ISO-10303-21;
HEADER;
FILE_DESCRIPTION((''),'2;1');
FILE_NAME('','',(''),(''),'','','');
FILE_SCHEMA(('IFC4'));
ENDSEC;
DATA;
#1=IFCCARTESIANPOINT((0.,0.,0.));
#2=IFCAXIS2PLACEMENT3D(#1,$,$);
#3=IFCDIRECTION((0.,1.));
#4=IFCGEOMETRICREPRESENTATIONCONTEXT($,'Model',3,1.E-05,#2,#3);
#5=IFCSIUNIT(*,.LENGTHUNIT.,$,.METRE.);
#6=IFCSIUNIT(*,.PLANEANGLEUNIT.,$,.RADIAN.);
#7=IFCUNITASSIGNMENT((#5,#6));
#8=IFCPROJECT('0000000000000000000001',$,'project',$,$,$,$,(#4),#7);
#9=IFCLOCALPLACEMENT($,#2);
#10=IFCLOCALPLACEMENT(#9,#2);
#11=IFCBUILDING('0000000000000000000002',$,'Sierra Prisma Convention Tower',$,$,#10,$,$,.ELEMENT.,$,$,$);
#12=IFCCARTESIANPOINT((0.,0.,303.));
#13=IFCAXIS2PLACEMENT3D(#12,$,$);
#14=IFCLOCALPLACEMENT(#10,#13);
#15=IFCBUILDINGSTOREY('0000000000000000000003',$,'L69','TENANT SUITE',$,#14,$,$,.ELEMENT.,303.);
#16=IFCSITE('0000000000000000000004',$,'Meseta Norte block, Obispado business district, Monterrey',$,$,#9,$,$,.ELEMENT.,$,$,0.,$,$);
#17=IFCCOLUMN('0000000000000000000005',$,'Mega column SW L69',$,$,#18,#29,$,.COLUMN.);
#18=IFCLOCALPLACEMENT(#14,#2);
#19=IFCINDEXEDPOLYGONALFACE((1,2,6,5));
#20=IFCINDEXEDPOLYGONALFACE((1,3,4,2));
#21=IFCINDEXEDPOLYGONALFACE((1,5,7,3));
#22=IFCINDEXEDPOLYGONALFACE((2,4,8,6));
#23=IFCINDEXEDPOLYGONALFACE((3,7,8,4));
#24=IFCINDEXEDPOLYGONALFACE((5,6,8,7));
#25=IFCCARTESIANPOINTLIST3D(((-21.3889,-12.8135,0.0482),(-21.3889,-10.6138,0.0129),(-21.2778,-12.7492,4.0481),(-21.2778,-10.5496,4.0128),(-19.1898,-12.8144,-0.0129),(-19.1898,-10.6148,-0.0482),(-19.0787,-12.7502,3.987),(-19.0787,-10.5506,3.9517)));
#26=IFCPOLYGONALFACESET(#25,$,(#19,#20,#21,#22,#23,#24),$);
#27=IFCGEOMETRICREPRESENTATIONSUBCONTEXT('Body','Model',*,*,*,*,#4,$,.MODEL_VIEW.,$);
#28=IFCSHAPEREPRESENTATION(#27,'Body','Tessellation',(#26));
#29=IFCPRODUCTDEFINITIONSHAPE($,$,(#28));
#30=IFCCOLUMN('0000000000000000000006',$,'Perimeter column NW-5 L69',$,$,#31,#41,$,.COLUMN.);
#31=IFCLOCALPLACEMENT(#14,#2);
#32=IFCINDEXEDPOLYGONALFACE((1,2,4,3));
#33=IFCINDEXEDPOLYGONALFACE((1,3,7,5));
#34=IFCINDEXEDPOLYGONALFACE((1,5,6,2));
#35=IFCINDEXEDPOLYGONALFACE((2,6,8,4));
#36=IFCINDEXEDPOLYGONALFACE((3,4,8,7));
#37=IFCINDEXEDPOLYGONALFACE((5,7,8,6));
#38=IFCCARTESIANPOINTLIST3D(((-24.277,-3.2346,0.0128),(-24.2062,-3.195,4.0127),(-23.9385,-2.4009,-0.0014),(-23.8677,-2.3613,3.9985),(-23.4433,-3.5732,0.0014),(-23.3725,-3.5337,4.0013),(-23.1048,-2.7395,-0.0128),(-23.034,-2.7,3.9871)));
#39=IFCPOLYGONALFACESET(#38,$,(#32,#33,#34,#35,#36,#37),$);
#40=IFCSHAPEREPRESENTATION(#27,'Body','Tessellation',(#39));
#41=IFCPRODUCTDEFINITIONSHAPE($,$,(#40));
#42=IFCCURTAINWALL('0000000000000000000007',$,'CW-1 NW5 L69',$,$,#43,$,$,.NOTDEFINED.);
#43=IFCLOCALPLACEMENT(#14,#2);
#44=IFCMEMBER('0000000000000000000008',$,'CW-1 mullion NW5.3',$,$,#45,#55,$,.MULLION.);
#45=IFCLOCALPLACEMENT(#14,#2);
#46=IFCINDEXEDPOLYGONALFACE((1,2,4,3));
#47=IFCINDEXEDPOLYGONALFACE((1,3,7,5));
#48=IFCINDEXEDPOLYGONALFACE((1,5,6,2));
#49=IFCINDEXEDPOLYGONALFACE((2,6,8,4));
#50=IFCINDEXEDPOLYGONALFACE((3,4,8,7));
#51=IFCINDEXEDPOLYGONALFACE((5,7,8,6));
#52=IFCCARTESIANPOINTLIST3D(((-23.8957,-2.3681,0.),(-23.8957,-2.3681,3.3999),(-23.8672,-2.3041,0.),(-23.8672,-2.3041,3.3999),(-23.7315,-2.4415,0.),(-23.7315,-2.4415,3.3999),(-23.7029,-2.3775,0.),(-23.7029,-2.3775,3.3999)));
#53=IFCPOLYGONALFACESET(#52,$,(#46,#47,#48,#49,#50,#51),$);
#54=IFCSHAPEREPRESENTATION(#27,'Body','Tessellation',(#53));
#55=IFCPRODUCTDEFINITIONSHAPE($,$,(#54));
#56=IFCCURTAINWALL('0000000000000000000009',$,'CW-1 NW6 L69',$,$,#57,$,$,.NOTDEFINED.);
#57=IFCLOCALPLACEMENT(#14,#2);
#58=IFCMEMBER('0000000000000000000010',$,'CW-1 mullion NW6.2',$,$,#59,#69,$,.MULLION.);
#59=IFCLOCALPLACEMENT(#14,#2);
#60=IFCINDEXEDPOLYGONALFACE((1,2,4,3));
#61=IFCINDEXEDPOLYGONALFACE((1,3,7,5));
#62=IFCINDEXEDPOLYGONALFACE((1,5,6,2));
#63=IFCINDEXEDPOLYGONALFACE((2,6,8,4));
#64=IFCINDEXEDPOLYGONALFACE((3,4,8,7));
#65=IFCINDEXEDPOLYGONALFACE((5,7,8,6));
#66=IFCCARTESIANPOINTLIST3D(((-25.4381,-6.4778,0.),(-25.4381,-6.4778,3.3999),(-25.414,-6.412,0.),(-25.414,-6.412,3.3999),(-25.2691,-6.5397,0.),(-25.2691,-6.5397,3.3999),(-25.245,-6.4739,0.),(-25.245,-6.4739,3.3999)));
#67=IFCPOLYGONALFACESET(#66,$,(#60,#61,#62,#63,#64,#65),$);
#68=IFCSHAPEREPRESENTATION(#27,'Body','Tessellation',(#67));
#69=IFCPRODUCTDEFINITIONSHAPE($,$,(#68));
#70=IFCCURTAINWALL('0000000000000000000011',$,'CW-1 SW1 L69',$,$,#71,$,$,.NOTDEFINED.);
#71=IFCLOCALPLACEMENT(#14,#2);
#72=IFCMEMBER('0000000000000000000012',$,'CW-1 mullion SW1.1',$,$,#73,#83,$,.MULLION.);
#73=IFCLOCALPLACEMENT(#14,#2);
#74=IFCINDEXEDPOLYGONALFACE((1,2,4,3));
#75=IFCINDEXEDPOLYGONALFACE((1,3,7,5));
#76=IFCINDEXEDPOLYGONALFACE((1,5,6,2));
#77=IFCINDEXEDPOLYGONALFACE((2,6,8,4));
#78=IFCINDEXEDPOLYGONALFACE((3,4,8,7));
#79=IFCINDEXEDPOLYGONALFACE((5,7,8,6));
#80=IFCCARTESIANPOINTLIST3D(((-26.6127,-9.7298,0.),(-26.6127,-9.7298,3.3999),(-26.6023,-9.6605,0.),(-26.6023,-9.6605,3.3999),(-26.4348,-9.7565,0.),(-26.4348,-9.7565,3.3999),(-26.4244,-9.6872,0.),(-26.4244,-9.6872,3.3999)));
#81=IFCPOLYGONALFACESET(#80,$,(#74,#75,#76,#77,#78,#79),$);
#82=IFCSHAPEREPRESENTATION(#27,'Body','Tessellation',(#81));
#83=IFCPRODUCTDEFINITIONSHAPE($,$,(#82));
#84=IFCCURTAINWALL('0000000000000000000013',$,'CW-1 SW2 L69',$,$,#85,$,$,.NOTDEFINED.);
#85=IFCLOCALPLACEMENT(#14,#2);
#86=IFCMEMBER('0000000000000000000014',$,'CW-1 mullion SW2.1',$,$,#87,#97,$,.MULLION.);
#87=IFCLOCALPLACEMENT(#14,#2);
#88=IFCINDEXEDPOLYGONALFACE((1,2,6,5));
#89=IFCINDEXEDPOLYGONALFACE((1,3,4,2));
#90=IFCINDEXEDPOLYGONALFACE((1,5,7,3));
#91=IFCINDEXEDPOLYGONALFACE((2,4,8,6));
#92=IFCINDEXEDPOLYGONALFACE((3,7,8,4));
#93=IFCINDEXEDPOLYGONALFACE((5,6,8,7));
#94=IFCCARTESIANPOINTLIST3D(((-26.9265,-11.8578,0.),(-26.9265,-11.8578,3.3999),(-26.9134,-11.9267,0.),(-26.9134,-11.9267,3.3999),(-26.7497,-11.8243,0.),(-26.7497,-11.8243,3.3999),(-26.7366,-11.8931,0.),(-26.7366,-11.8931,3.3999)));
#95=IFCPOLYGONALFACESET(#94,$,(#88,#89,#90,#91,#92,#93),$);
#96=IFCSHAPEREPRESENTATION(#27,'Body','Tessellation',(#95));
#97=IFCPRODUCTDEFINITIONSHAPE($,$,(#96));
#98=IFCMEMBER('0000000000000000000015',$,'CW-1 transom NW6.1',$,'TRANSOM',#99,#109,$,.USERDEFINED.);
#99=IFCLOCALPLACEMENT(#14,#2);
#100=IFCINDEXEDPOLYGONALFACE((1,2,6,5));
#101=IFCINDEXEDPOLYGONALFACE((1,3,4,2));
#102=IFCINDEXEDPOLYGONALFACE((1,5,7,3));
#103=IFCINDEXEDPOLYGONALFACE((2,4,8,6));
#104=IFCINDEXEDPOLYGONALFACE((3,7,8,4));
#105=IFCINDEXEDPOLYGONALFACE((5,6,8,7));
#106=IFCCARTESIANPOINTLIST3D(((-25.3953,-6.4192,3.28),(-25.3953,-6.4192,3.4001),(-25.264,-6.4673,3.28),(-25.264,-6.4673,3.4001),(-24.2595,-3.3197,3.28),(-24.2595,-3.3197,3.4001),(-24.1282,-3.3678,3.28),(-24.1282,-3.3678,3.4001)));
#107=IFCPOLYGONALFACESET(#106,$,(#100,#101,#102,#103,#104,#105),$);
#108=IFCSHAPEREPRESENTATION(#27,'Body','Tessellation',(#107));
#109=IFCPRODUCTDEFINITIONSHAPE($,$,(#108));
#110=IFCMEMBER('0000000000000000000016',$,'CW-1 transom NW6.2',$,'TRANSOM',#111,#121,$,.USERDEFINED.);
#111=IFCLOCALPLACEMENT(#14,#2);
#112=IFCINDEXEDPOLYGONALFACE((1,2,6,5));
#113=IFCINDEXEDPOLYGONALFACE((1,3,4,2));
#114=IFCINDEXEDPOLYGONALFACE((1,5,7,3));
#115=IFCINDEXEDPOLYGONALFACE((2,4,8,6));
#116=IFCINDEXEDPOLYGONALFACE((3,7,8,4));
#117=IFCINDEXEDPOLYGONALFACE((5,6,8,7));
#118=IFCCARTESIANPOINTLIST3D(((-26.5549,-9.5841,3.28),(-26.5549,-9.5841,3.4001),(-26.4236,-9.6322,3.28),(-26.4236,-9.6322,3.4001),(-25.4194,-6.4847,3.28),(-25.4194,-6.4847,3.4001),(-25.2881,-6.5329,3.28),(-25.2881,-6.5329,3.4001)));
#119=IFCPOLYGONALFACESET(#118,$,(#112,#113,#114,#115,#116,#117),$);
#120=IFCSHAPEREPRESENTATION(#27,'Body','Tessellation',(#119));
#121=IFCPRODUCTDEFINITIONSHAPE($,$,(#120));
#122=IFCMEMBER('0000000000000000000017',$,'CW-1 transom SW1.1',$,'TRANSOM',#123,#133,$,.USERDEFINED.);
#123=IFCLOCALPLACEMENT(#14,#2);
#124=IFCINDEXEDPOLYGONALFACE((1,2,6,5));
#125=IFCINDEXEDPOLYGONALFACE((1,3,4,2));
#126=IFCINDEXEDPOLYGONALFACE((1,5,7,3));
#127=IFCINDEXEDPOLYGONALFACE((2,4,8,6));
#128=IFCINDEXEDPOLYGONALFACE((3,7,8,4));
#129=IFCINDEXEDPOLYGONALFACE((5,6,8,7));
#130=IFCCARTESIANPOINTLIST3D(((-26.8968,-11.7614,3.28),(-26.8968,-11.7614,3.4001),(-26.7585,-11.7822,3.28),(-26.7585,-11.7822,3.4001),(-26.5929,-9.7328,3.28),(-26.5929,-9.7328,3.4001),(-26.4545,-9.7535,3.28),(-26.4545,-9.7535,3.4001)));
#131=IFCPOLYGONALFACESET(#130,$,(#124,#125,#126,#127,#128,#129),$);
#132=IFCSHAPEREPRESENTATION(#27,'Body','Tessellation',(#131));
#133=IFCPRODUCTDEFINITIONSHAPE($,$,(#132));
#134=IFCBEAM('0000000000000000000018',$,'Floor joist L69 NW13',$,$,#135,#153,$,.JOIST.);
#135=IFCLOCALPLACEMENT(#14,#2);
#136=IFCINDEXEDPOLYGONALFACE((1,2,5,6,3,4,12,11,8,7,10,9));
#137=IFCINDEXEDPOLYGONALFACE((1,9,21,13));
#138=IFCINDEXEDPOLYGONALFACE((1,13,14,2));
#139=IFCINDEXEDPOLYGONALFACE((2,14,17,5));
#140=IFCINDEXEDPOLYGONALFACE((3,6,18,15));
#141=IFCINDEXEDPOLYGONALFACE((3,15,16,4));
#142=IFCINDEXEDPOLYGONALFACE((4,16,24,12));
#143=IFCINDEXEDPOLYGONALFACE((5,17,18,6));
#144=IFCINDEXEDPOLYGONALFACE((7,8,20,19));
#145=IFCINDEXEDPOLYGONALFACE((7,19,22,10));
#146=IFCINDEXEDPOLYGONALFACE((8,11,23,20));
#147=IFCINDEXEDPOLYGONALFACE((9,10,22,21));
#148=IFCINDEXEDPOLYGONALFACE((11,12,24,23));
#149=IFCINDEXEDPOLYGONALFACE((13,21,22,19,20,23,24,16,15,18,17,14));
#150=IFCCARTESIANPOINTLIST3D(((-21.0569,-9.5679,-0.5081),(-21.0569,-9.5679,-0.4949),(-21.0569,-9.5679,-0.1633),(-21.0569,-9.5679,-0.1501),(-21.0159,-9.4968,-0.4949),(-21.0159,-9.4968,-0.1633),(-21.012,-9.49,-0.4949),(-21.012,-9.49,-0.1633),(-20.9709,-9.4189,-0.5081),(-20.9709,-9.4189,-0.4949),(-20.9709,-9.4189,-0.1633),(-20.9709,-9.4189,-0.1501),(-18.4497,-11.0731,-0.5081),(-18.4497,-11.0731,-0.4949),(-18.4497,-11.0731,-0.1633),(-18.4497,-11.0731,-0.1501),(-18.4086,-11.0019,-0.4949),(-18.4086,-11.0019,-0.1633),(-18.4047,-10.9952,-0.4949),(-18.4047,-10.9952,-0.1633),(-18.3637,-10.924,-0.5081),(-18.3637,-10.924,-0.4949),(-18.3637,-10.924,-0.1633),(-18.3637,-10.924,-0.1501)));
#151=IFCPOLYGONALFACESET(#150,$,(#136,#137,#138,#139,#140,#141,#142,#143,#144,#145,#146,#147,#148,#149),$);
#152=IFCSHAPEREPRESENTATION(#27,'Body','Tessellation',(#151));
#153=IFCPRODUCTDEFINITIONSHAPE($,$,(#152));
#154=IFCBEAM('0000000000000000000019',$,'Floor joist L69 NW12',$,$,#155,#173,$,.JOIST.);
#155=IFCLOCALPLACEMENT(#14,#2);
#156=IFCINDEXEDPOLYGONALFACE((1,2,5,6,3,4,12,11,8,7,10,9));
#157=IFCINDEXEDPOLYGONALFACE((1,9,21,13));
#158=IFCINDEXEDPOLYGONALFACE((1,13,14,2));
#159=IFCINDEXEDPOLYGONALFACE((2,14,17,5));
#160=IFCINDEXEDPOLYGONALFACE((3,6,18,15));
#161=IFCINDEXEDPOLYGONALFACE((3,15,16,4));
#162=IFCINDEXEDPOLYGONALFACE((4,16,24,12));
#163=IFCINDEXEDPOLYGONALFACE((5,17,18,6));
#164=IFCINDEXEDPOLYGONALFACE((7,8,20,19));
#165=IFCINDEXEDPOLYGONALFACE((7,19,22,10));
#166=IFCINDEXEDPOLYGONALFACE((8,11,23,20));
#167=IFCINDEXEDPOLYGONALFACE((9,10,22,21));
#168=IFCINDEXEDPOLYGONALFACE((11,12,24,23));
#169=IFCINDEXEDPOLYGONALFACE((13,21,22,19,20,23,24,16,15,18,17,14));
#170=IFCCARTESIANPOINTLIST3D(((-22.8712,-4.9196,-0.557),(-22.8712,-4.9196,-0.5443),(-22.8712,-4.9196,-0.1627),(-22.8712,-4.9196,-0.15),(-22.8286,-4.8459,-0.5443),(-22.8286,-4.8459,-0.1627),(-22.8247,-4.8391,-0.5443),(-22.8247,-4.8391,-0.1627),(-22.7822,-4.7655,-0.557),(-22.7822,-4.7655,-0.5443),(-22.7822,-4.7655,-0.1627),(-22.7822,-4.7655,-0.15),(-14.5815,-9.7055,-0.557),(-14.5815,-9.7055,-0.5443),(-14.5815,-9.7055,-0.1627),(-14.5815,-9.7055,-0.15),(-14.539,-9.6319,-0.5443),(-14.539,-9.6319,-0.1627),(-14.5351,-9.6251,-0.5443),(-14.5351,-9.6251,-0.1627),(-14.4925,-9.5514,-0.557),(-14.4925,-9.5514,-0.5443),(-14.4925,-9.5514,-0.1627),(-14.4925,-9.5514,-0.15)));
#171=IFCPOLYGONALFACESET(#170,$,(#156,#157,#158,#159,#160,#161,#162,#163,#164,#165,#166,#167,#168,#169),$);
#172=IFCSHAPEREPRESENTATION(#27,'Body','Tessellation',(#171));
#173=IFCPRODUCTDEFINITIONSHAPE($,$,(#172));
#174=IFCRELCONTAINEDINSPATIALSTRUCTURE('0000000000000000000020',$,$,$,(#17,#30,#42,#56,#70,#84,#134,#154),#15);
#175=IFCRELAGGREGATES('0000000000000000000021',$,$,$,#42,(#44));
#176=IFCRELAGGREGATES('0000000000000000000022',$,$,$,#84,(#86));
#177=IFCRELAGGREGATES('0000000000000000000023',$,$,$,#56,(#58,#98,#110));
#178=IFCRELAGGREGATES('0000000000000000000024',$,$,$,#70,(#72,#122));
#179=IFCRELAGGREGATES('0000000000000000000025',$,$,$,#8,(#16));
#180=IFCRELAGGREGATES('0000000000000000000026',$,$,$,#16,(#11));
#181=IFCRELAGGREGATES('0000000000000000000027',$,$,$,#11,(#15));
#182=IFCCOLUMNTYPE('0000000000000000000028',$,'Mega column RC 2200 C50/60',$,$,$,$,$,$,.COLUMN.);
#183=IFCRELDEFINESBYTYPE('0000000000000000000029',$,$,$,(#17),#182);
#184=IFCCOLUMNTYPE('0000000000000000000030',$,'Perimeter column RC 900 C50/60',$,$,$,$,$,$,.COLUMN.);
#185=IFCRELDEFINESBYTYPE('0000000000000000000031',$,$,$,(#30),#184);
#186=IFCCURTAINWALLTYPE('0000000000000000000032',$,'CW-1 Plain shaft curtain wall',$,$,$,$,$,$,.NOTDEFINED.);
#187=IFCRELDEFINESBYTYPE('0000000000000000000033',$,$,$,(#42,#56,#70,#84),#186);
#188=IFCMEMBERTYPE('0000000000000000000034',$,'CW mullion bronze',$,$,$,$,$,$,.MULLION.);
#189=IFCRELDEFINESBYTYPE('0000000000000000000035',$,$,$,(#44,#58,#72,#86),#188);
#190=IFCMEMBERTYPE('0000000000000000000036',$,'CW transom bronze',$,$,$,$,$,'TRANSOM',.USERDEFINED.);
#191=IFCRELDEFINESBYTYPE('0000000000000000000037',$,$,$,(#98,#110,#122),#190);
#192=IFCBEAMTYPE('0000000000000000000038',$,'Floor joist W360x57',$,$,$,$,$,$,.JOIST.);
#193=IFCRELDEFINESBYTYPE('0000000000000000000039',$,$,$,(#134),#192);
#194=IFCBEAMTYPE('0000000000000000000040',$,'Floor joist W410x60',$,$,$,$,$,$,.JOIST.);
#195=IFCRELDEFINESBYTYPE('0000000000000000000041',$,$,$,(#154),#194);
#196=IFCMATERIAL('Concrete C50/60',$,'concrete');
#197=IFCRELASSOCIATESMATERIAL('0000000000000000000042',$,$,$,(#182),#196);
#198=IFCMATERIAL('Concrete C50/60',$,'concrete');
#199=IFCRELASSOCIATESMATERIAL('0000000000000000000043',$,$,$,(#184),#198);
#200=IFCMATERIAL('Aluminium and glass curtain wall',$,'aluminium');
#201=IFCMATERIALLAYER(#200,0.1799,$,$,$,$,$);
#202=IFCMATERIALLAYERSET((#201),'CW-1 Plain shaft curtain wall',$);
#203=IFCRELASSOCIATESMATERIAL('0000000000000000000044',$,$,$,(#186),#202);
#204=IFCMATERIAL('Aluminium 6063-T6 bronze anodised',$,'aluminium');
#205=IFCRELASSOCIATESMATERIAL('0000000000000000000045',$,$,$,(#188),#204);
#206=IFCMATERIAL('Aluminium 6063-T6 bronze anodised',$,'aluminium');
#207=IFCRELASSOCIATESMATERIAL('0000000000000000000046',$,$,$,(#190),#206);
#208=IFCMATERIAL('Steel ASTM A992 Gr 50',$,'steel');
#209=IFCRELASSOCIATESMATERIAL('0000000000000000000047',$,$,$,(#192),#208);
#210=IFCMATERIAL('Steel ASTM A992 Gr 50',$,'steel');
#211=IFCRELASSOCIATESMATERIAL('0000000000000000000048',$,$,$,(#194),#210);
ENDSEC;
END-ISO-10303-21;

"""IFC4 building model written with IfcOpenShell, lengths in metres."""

from ifc_helpers import new_model, si_unit, direction, frame, origin, origin_2d, place, context, subcontext, project, spatial, rectangle, i_section, extrude, material, layer, layer_set, material_profile, profile_set, type_object, element, aggregate, save


model = new_model("IFC4")

# Units and contexts
model_context = context("Model", 3, precision=1e-05, world=origin(), true_north=direction((0.0, 1.0)))
body_context = subcontext(model_context, "Body", "Model", "MODEL_VIEW")
ifc_project = project(units=[si_unit("LENGTHUNIT", "METRE"), si_unit("PLANEANGLEUNIT", "RADIAN")], contexts=[model_context])

# Site, building, storey
site_placement = place(None, origin())
site = spatial("IfcSite", under=ifc_project, at=site_placement, Name="Meseta Norte block, Obispado business district, Monterrey", CompositionType="ELEMENT", RefElevation=0.0)
building_placement = place(site_placement, origin())
building = spatial("IfcBuilding", under=site, at=building_placement, Name="Sierra Prisma Convention Tower", CompositionType="ELEMENT")
storey_placement = place(building_placement, frame((0.0, 0.0, 303.0)))
storey = spatial("IfcBuildingStorey", under=building, at=storey_placement, Name="L69", Description="TENANT SUITE", CompositionType="ELEMENT", Elevation=303.0)

# Columns
ifc_material_1 = material(Name="Concrete C50/60", Category="concrete")
ifc_material_profile_1 = material_profile(ifc_material_1, rectangle(XDim=2.2, YDim=2.2, at=origin_2d()), Name="Mega column RC 2200 C50/60")
ifc_profile_set_1 = profile_set([ifc_material_profile_1], Name="Concrete C50/60")
column_type_1 = type_object("IfcColumnType", Name="Mega column RC 2200 C50/60", PredefinedType="COLUMN", material=ifc_profile_set_1)
column_1_placement = place(storey_placement, frame((-20.2893, -11.7141, 0.0), z_axis=(0.027757, 0.016044, 0.999486), x_axis=(0.999615, -0.000446, -0.027753)))
element("IfcColumn", 1, at=column_1_placement, inside=storey, type_object=column_type_1, Name="Mega column SW L69", PredefinedType="COLUMN", context=body_context, shape_type="SweptSolid", body=[
    extrude(rectangle(XDim=2.2, YDim=2.2, at=origin_2d()), origin(), (0.0, 0.0, 1.0), 4.002),
])
ifc_material_2 = material(Name="Concrete C50/60", Category="concrete")
ifc_material_profile_2 = material_profile(ifc_material_2, rectangle(XDim=0.8999, YDim=0.8999, at=origin_2d()), Name="Perimeter column RC 900 C50/60")
ifc_profile_set_2 = profile_set([ifc_material_profile_2], Name="Concrete C50/60")
column_type_2 = type_object("IfcColumnType", Name="Perimeter column RC 900 C50/60", PredefinedType="COLUMN", material=ifc_profile_set_2)
column_2_placement = place(storey_placement, frame((-23.6909, -2.9871, 0.0), z_axis=(0.017697, 0.009886, 0.999795), x_axis=(0.376141, 0.926427, -0.015818)))
element("IfcColumn", 2, at=column_2_placement, inside=storey, type_object=column_type_2, Name="Perimeter column NW-5 L69", PredefinedType="COLUMN", context=body_context, shape_type="SweptSolid", body=[
    extrude(rectangle(XDim=0.8999, YDim=0.8999, at=origin_2d()), origin(), (0.0, 0.0, 1.0), 4.0007),
])

# Curtain walls, members
ifc_material_3 = material(Name="Aluminium and glass curtain wall", Category="aluminium")
ifc_layer_1 = layer(ifc_material_3, 0.1799)
ifc_layer_set_1 = layer_set([ifc_layer_1], Name="CW-1 Plain shaft curtain wall")
curtain_wall_type = type_object("IfcCurtainWallType", Name="CW-1 Plain shaft curtain wall", PredefinedType="NOTDEFINED", material=ifc_layer_set_1)
curtain_wall_1_placement = place(storey_placement, origin())
curtain_wall_1 = element("IfcCurtainWall", 3, at=curtain_wall_1_placement, inside=storey, type_object=curtain_wall_type, Name="CW-1 NW5 L69", PredefinedType="NOTDEFINED")
ifc_material_4 = material(Name="Aluminium 6063-T6 bronze anodised", Category="aluminium")
ifc_material_profile_3 = material_profile(ifc_material_4, rectangle(XDim=0.1799, YDim=0.0701, at=origin_2d()), Name="ALU MULLION 70x180")
ifc_profile_set_3 = profile_set([ifc_material_profile_3], Name="Aluminium 6063-T6 bronze anodised")
member_type_1 = type_object("IfcMemberType", Name="CW mullion bronze", PredefinedType="MULLION", material=ifc_profile_set_3)
member_1_placement = place(storey_placement, frame((-23.7993, -2.3728, 0.0), z_axis=(0.0, 0.0, 1.0), x_axis=(0.91302, -0.407914, 0.0)))
member_1 = element("IfcMember", 4, at=member_1_placement, type_object=member_type_1, Name="CW-1 mullion NW5.3", PredefinedType="MULLION", context=body_context, shape_type="SweptSolid", body=[
    extrude(rectangle(XDim=0.1799, YDim=0.0701, at=origin_2d()), origin(), (0.0, 0.0, 1.0), 3.3999),
])
aggregate(curtain_wall_1, [member_1])
curtain_wall_2_placement = place(storey_placement, origin())
curtain_wall_2 = element("IfcCurtainWall", 5, at=curtain_wall_2_placement, inside=storey, type_object=curtain_wall_type, Name="CW-1 NW6 L69", PredefinedType="NOTDEFINED")
member_2_placement = place(storey_placement, frame((-25.3416, -6.4758, 0.0), z_axis=(0.0, 0.0, 1.0), x_axis=(0.938956, -0.344038, 0.0)))
member_2 = element("IfcMember", 6, at=member_2_placement, type_object=member_type_1, Name="CW-1 mullion NW6.2", PredefinedType="MULLION", context=body_context, shape_type="SweptSolid", body=[
    extrude(rectangle(XDim=0.1799, YDim=0.0701, at=origin_2d()), origin(), (0.0, 0.0, 1.0), 3.3999),
])
curtain_wall_3_placement = place(storey_placement, origin())
curtain_wall_3 = element("IfcCurtainWall", 7, at=curtain_wall_3_placement, inside=storey, type_object=curtain_wall_type, Name="CW-1 SW1 L69", PredefinedType="NOTDEFINED")
member_3_placement = place(storey_placement, frame((-26.5186, -9.7085, 0.0), z_axis=(0.0, 0.0, 1.0), x_axis=(0.988969, -0.148123, 0.0)))
member_3 = element("IfcMember", 8, at=member_3_placement, type_object=member_type_1, Name="CW-1 mullion SW1.1", PredefinedType="MULLION", context=body_context, shape_type="SweptSolid", body=[
    extrude(rectangle(XDim=0.1799, YDim=0.0701, at=origin_2d()), origin(), (0.0, 0.0, 1.0), 3.3999),
])
curtain_wall_4_placement = place(storey_placement, origin())
curtain_wall_4 = element("IfcCurtainWall", 9, at=curtain_wall_4_placement, inside=storey, type_object=curtain_wall_type, Name="CW-1 SW2 L69", PredefinedType="NOTDEFINED")
member_4_placement = place(storey_placement, frame((-26.8315, -11.8755, 0.0), z_axis=(0.0, 0.0, 1.0), x_axis=(0.98248, 0.186368, 0.0)))
member_4 = element("IfcMember", 10, at=member_4_placement, type_object=member_type_1, Name="CW-1 mullion SW2.1", PredefinedType="MULLION", context=body_context, shape_type="SweptSolid", body=[
    extrude(rectangle(XDim=0.1799, YDim=0.0701, at=origin_2d()), origin(), (0.0, 0.0, 1.0), 3.3999),
])
aggregate(curtain_wall_4, [member_4])

# Members
ifc_material_5 = material(Name="Aluminium 6063-T6 bronze anodised", Category="aluminium")
ifc_material_profile_4 = material_profile(ifc_material_5, rectangle(XDim=0.1399, YDim=0.1201, at=origin_2d()), Name="ALU TRANSOM 120x140")
ifc_profile_set_4 = profile_set([ifc_material_profile_4], Name="Aluminium 6063-T6 bronze anodised")
member_type_2 = type_object("IfcMemberType", Name="CW transom bronze", ElementType="TRANSOM", PredefinedType="USERDEFINED", material=ifc_profile_set_4)
member_5_placement = place(storey_placement, frame((-24.1938, -3.3438, 3.3401), z_axis=(-0.34407, -0.938944, 0.0), x_axis=(0.938944, -0.34407, 0.0)))
member_5 = element("IfcMember", 11, at=member_5_placement, type_object=member_type_2, Name="CW-1 transom NW6.1", ObjectType="TRANSOM", PredefinedType="USERDEFINED", context=body_context, shape_type="SweptSolid", body=[
    extrude(rectangle(XDim=0.1399, YDim=0.1201, at=origin_2d()), origin(), (0.0, 0.0, 1.0), 3.301),
])
member_6_placement = place(storey_placement, frame((-25.3538, -6.5088, 3.3401), z_axis=(-0.344005, -0.938968, 0.0), x_axis=(0.938968, -0.344005, 0.0)))
member_6 = element("IfcMember", 12, at=member_6_placement, type_object=member_type_2, Name="CW-1 transom NW6.2", ObjectType="TRANSOM", PredefinedType="USERDEFINED", context=body_context, shape_type="SweptSolid", body=[
    extrude(rectangle(XDim=0.1399, YDim=0.1201, at=origin_2d()), origin(), (0.0, 0.0, 1.0), 3.3008),
])
member_7_placement = place(storey_placement, frame((-26.5237, -9.7432, 3.3401), z_axis=(-0.148183, -0.98896, 0.0), x_axis=(0.98896, -0.148183, 0.0)))
member_7 = element("IfcMember", 13, at=member_7_placement, type_object=member_type_2, Name="CW-1 transom SW1.1", ObjectType="TRANSOM", PredefinedType="USERDEFINED", context=body_context, shape_type="SweptSolid", body=[
    extrude(rectangle(XDim=0.1399, YDim=0.1201, at=origin_2d()), origin(), (0.0, 0.0, 1.0), 2.0513),
])

# Beams
ifc_material_6 = material(Name="Steel ASTM A992 Gr 50", Category="steel")
ifc_material_profile_5 = material_profile(ifc_material_6, i_section(OverallWidth=0.1721, OverallDepth=0.3579, WebThickness=0.0078, FlangeThickness=0.0132, at=origin_2d()), Name="W360x57")
ifc_profile_set_5 = profile_set([ifc_material_profile_5], Name="Steel ASTM A992 Gr 50")
beam_type_1 = type_object("IfcBeamType", Name="Floor joist W360x57", PredefinedType="JOIST", material=ifc_profile_set_5)
beam_1_placement = place(storey_placement, frame((-21.0139, -9.4934, -0.3291), z_axis=(0.866044, -0.499968, 0.0), x_axis=(0.499968, 0.866044, 0.0)))
element("IfcBeam", 14, at=beam_1_placement, inside=storey, type_object=beam_type_1, Name="Floor joist L69 NW13", PredefinedType="JOIST", context=body_context, shape_type="SweptSolid", body=[
    extrude(i_section(OverallWidth=0.1721, OverallDepth=0.3579, WebThickness=0.0078, FlangeThickness=0.0132, at=origin_2d()), origin(), (0.0, 0.0, 1.0), 3.0105),
])
ifc_material_7 = material(Name="Steel ASTM A992 Gr 50", Category="steel")
ifc_material_profile_6 = material_profile(ifc_material_7, i_section(OverallWidth=0.178, OverallDepth=0.407, WebThickness=0.0078, FlangeThickness=0.0127, at=origin_2d()), Name="W410x60")
ifc_profile_set_6 = profile_set([ifc_material_profile_6], Name="Steel ASTM A992 Gr 50")
beam_type_2 = type_object("IfcBeamType", Name="Floor joist W410x60", PredefinedType="JOIST", material=ifc_profile_set_6)
beam_2_placement = place(storey_placement, frame((-22.8267, -4.8425, -0.3535), z_axis=(0.866029, -0.499993, 0.0), x_axis=(0.499993, 0.866029, 0.0)))
element("IfcBeam", 15, at=beam_2_placement, inside=storey, type_object=beam_type_2, Name="Floor joist L69 NW12", PredefinedType="JOIST", context=body_context, shape_type="SweptSolid", body=[
    extrude(i_section(OverallWidth=0.178, OverallDepth=0.407, WebThickness=0.0078, FlangeThickness=0.0127, at=origin_2d()), origin(), (0.0, 0.0, 1.0), 9.572),
])

aggregate(curtain_wall_2, [member_2, member_5, member_6])
aggregate(curtain_wall_3, [member_3, member_7])

save(model, "model.ifc")
